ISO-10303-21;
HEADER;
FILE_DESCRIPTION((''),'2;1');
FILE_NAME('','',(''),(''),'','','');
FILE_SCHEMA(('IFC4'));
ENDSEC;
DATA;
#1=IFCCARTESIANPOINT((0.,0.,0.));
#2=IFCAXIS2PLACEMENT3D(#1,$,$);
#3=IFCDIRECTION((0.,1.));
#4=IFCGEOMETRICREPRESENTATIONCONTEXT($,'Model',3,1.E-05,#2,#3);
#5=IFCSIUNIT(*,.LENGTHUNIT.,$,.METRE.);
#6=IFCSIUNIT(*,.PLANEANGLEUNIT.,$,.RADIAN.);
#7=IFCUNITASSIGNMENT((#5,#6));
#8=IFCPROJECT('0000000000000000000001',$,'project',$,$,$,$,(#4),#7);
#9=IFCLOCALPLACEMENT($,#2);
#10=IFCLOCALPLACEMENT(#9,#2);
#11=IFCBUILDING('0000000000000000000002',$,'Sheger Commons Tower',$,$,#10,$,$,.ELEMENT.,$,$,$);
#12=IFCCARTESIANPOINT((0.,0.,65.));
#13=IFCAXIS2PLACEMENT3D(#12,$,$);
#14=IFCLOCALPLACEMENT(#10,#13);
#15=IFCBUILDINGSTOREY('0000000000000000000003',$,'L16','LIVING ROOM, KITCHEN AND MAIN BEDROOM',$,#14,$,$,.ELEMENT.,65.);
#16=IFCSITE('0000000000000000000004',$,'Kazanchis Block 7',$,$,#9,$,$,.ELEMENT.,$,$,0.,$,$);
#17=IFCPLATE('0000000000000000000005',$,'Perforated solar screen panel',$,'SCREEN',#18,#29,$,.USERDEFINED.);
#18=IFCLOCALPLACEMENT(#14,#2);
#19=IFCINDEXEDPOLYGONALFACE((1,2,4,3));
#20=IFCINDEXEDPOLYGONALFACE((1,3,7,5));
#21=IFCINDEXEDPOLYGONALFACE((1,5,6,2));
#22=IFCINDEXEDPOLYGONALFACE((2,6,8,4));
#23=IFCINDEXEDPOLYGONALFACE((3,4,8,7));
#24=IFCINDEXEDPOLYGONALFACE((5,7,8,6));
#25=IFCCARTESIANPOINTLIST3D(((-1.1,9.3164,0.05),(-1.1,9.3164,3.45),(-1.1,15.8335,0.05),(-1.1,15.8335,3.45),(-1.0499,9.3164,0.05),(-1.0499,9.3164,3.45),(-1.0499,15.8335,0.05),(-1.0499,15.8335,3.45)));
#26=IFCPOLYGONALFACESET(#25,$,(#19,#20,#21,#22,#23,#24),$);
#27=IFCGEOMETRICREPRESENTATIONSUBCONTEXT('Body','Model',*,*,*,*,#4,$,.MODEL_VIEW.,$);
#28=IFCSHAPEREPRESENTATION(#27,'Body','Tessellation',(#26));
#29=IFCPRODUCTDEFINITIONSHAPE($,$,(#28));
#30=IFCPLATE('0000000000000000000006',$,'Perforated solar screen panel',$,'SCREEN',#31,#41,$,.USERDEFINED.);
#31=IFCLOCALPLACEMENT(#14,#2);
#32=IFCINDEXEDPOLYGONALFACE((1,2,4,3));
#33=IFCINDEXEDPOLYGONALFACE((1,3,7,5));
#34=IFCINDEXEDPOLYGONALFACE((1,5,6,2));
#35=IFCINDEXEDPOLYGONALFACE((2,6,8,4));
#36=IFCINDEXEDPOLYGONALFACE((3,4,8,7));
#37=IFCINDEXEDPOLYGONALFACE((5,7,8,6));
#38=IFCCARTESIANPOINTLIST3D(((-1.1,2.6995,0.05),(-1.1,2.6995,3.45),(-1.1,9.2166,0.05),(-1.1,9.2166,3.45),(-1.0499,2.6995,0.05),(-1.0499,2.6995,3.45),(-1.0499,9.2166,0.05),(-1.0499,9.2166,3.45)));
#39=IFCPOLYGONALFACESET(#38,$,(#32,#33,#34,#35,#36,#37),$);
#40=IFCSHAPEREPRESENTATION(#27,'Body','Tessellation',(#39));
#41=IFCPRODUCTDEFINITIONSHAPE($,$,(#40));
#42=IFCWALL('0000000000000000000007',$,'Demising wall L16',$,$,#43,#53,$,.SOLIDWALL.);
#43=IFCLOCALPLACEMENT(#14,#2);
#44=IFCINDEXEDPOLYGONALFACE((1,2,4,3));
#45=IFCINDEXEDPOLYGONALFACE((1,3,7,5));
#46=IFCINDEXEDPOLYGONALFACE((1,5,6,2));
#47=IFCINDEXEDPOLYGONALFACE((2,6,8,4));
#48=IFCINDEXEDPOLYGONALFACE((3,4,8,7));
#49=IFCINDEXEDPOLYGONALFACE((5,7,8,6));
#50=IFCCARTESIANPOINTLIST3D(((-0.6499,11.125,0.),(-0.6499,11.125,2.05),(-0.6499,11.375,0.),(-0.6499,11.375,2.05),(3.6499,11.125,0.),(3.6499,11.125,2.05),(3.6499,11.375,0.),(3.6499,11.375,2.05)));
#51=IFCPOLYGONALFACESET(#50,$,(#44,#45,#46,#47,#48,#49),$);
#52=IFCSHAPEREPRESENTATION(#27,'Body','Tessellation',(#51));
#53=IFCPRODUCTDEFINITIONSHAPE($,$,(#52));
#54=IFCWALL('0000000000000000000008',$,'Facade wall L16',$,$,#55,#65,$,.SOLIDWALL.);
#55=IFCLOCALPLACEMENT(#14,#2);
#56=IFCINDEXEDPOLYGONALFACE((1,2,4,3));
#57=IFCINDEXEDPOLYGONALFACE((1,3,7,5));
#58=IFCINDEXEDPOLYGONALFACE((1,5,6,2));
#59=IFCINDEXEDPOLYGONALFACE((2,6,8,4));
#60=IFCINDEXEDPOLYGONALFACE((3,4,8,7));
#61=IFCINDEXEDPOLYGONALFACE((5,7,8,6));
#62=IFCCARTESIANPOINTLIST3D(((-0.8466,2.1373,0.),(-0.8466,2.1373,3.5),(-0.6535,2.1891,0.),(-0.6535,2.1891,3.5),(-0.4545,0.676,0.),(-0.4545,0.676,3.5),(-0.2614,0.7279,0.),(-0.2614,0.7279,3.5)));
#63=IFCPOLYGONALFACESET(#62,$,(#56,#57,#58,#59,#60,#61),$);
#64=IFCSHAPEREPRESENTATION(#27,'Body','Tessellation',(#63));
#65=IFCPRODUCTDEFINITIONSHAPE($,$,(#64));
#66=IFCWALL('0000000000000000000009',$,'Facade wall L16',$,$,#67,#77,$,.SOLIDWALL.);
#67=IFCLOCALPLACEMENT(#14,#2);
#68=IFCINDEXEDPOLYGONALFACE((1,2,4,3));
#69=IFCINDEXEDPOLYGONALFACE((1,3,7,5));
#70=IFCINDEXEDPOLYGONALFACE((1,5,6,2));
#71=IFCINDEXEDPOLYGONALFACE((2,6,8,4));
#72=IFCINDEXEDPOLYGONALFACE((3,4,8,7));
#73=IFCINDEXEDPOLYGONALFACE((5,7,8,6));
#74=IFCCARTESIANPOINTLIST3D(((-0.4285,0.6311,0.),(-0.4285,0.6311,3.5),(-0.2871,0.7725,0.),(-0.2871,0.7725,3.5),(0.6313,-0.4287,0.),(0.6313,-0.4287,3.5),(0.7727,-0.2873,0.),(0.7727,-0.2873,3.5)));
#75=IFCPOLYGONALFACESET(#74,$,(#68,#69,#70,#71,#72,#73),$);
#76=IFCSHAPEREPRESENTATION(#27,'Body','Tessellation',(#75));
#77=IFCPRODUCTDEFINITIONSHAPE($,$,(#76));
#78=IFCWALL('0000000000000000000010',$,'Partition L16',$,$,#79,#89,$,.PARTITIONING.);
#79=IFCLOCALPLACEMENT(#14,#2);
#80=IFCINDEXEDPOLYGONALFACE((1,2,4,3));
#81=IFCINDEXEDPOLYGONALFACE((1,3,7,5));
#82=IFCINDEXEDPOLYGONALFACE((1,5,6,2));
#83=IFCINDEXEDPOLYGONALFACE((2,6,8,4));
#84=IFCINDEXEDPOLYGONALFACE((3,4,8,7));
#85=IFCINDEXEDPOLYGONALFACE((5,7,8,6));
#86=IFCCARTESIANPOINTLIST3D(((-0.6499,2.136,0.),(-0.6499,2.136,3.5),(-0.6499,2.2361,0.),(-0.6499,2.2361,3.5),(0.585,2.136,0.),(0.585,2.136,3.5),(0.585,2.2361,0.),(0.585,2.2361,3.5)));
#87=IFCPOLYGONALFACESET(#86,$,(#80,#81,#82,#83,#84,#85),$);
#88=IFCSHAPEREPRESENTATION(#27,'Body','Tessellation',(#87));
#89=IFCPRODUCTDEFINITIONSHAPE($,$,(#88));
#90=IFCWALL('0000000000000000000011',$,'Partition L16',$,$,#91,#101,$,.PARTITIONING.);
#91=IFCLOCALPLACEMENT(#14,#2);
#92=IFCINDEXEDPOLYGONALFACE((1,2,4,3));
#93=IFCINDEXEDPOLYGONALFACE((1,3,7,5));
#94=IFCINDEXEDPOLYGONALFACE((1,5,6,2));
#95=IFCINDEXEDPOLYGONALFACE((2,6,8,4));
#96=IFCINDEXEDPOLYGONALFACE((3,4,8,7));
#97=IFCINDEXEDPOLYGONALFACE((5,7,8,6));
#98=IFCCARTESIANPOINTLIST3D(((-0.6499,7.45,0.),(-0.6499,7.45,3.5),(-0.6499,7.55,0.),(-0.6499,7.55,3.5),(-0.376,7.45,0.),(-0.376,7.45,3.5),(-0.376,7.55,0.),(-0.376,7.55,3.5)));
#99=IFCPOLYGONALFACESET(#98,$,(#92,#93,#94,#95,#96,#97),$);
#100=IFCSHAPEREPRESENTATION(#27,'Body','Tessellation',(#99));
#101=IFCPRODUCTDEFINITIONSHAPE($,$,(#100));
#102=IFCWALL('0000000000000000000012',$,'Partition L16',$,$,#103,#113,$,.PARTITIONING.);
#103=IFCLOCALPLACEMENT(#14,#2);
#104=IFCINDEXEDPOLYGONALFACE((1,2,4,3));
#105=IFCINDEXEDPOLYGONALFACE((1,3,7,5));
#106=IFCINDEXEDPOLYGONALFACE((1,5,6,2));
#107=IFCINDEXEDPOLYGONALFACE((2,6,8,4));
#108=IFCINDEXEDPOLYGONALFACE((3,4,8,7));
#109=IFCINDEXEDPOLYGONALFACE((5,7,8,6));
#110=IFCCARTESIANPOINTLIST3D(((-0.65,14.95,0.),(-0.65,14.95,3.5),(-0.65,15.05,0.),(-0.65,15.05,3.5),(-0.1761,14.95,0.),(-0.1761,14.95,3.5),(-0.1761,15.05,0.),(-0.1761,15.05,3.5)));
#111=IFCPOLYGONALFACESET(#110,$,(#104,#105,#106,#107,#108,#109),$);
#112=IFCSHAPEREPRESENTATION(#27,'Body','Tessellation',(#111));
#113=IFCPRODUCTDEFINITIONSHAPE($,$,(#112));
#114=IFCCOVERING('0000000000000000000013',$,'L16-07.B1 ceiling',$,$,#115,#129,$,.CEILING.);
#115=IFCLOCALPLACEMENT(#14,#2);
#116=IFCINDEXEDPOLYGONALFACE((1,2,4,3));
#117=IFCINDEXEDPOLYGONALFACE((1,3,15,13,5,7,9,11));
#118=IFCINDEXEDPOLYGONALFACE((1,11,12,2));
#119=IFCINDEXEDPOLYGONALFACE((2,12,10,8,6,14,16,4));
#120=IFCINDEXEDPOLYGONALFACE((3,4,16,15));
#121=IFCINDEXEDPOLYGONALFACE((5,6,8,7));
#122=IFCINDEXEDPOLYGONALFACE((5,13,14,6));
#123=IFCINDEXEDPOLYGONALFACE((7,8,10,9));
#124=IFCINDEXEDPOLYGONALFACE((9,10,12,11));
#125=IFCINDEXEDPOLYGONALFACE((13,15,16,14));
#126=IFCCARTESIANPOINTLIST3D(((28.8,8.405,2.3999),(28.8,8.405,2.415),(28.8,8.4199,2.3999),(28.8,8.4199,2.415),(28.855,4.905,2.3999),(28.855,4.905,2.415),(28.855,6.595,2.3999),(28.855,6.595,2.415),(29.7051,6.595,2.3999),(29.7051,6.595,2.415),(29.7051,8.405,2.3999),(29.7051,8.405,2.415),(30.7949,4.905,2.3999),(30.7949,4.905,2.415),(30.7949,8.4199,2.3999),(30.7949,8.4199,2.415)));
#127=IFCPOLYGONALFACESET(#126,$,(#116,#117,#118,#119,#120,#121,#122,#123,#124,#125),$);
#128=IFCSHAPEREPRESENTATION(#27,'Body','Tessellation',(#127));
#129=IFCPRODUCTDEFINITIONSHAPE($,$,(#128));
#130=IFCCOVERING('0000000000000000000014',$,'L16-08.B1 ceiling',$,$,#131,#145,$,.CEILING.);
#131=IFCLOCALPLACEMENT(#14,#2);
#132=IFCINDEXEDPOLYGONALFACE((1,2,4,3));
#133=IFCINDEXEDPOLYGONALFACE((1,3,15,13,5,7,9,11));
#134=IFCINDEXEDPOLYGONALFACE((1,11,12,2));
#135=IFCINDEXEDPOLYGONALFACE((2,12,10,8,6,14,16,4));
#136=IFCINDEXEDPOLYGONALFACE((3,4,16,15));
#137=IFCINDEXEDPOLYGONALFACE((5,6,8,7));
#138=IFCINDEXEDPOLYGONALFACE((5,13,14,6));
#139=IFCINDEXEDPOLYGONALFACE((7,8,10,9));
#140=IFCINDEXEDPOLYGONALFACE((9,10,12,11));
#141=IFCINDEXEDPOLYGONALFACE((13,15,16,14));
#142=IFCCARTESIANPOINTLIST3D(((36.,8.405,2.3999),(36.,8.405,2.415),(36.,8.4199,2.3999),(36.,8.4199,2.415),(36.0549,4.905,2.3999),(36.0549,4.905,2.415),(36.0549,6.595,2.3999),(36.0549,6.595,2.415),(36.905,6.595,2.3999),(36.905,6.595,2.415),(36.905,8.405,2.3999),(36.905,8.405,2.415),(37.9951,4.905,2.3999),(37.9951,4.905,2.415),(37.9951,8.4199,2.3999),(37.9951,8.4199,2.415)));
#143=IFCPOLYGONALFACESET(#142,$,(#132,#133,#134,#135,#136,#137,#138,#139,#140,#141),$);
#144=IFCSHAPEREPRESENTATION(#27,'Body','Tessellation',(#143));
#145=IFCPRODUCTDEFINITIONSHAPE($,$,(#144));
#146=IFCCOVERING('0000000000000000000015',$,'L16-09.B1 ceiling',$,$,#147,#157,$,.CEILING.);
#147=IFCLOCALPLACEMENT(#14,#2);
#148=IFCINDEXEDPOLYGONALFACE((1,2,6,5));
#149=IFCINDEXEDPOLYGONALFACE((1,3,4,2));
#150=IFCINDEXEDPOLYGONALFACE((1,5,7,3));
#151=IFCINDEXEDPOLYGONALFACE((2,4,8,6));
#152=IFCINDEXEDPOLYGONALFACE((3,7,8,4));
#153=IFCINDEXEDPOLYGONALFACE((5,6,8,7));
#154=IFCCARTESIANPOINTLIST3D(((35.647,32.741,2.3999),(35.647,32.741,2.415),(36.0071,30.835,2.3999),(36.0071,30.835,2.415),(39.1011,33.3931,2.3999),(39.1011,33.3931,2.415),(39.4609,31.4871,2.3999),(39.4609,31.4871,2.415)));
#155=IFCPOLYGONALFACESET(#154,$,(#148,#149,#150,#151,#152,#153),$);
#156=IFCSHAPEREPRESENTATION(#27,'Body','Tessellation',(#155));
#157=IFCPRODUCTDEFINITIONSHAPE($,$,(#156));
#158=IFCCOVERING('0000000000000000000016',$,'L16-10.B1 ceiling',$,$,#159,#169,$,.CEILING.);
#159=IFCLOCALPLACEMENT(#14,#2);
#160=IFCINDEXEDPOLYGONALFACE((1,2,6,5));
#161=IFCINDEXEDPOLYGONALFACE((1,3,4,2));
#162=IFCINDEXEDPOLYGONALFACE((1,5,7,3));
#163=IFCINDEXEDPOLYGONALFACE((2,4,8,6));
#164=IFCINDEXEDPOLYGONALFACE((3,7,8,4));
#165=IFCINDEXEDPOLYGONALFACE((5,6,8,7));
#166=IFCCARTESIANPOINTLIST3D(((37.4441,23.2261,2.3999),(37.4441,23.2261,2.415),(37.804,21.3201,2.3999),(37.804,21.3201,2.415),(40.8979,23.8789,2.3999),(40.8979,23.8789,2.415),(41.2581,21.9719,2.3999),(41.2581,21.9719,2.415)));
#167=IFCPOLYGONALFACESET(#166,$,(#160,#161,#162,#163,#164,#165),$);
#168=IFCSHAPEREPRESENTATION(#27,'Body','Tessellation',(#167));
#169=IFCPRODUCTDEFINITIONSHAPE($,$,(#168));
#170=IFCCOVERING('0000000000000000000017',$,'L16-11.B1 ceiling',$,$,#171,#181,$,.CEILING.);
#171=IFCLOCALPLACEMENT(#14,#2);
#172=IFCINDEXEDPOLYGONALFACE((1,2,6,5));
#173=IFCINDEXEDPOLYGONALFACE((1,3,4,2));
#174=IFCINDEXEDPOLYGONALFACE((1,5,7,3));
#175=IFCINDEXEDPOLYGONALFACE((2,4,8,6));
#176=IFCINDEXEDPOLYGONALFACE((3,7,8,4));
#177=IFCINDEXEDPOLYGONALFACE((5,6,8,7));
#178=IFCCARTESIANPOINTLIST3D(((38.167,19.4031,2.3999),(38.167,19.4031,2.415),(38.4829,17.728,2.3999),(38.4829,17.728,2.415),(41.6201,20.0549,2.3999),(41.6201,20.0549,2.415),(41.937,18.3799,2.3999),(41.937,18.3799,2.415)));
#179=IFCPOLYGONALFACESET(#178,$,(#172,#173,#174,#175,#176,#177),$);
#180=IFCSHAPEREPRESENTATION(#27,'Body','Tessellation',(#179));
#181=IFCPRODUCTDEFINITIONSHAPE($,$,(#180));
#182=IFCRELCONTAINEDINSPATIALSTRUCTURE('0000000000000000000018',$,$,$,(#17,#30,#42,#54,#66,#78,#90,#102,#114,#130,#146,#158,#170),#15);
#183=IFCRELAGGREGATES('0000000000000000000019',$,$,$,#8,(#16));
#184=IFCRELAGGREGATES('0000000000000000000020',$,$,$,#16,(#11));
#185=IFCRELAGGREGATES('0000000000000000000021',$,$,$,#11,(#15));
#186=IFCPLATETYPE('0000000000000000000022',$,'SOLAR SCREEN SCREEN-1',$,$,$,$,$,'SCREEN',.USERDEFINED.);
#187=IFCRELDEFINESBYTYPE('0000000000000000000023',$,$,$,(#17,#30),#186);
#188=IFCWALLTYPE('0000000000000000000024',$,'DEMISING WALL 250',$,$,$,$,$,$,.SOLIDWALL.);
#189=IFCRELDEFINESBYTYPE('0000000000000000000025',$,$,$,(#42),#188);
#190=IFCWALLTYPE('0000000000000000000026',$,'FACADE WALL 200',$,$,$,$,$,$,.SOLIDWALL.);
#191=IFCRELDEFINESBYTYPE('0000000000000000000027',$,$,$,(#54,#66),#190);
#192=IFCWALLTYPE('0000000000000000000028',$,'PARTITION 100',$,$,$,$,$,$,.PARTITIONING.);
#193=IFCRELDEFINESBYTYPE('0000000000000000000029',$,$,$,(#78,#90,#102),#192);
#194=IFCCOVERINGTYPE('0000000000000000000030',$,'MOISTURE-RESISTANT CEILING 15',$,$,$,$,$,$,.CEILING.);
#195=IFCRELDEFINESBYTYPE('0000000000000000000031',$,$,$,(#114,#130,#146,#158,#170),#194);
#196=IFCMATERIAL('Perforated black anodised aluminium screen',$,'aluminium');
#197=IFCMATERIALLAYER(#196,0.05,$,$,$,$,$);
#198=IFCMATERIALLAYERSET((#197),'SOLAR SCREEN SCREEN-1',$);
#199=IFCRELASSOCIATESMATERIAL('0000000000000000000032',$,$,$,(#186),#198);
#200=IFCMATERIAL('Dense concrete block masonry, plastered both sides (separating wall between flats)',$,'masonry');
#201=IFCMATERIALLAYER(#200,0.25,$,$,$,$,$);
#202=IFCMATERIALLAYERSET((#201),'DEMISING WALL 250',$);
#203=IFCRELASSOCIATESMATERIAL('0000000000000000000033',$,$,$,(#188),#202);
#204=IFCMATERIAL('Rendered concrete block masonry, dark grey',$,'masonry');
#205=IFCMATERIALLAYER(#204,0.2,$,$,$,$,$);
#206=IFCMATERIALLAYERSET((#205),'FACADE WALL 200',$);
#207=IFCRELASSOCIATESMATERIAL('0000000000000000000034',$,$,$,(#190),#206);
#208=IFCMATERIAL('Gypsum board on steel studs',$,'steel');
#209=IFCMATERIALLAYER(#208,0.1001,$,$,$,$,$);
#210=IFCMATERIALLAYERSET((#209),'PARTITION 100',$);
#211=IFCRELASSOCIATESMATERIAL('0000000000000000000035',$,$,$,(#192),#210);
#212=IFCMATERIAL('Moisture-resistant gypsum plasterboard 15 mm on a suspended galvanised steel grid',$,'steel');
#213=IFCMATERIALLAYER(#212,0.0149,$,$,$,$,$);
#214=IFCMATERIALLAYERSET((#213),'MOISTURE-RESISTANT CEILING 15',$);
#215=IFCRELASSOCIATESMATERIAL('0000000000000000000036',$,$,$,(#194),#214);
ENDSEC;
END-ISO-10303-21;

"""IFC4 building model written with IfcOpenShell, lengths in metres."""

from ifc_helpers import new_model, si_unit, direction, frame, frame_2d, origin, origin_2d, place, context, subcontext, project, spatial, polyline, rectangle, outline, extrude, material, layer, layer_set, type_object, element, save


model = new_model("IFC4")

# Units and contexts
model_context = context("Model", 3, precision=1e-05, world=origin(), true_north=direction((0.0, 1.0)))
body_context = subcontext(model_context, "Body", "Model", "MODEL_VIEW")
ifc_project = project(units=[si_unit("LENGTHUNIT", "METRE"), si_unit("PLANEANGLEUNIT", "RADIAN")], contexts=[model_context])

# Site, building, storey
site_placement = place(None, origin())
site = spatial("IfcSite", under=ifc_project, at=site_placement, Name="Kazanchis Block 7", CompositionType="ELEMENT", RefElevation=0.0)
building_placement = place(site_placement, origin())
building = spatial("IfcBuilding", under=site, at=building_placement, Name="Sheger Commons Tower", CompositionType="ELEMENT")
storey_placement = place(building_placement, frame((0.0, 0.0, 65.0)))
storey = spatial("IfcBuildingStorey", under=building, at=storey_placement, Name="L16", Description="LIVING ROOM, KITCHEN AND MAIN BEDROOM", CompositionType="ELEMENT", Elevation=65.0)

# Plates
ifc_material_1 = material(Name="Perforated black anodised aluminium screen", Category="aluminium")
ifc_layer_1 = layer(ifc_material_1, 0.05)
ifc_layer_set_1 = layer_set([ifc_layer_1], Name="SOLAR SCREEN SCREEN-1")
plate_type = type_object("IfcPlateType", Name="SOLAR SCREEN SCREEN-1", ElementType="SCREEN", PredefinedType="USERDEFINED", material=ifc_layer_set_1)
for number, where, z_axis, x_axis, name in (
    (1, (-1.075, 12.575, 0.05), (0.0, 0.0, 1.0), (0.0, -1.0, 0.0), "Perforated solar screen panel"),
    (2, (-1.075, 5.958, 0.05), (0.0, 0.0, 1.0), (0.0, -1.0, 0.0), "Perforated solar screen panel"),
):
    element("IfcPlate", number, at=place(storey_placement, frame(where, z_axis=z_axis, x_axis=x_axis)), inside=storey, type_object=plate_type, Name=name, ObjectType="SCREEN", PredefinedType="USERDEFINED", context=body_context, shape_type="SweptSolid", body=[
        extrude(rectangle(XDim=6.5171, YDim=0.05, at=origin_2d()), origin(), (0.0, 0.0, 1.0), 3.3999),
    ])

# Walls
ifc_material_2 = material(Name="Dense concrete block masonry, plastered both sides (separating wall between flats)", Category="masonry")
ifc_layer_2 = layer(ifc_material_2, 0.25)
ifc_layer_set_2 = layer_set([ifc_layer_2], Name="DEMISING WALL 250")
wall_type_1 = type_object("IfcWallType", Name="DEMISING WALL 250", PredefinedType="SOLIDWALL", material=ifc_layer_set_2)
wall_1_placement = place(storey_placement, frame((-0.6499, 11.25, 0.0), z_axis=(0.0, 0.0, 1.0), x_axis=(1.0, 0.0, 0.0)))
element("IfcWall", 3, at=wall_1_placement, inside=storey, type_object=wall_type_1, Name="Demising wall L16", PredefinedType="SOLIDWALL", context=body_context, shape_type="SweptSolid", body=[
    extrude(rectangle(XDim=4.2998, YDim=0.25, at=frame_2d((2.1499, 0.0))), origin(), (0.0, 0.0, 1.0), 2.05),
])
ifc_material_3 = material(Name="Rendered concrete block masonry, dark grey", Category="masonry")
ifc_layer_3 = layer(ifc_material_3, 0.2)
ifc_layer_set_3 = layer_set([ifc_layer_3], Name="FACADE WALL 200")
wall_type_2 = type_object("IfcWallType", Name="FACADE WALL 200", PredefinedType="SOLIDWALL", material=ifc_layer_set_3)
wall_2_placement = place(storey_placement, frame((-0.75, 2.1631, 0.0), z_axis=(0.0, 0.0, 1.0), x_axis=(0.259169, -0.965832, 0.0)))
element("IfcWall", 4, at=wall_2_placement, inside=storey, type_object=wall_type_2, Name="Facade wall L16", PredefinedType="SOLIDWALL", context=body_context, shape_type="SweptSolid", body=[
    extrude(rectangle(XDim=1.5129, YDim=0.2, at=frame_2d((0.7563, 0.0))), origin(), (0.0, 0.0, 1.0), 3.5),
])
wall_3_placement = place(storey_placement, frame((-0.3579, 0.7019, 0.0), z_axis=(0.0, 0.0, 1.0), x_axis=(0.707107, -0.707107, 0.0)))
element("IfcWall", 5, at=wall_3_placement, inside=storey, type_object=wall_type_2, Name="Facade wall L16", PredefinedType="SOLIDWALL", context=body_context, shape_type="SweptSolid", body=[
    extrude(rectangle(XDim=1.4988, YDim=0.2, at=frame_2d((0.7495, 0.0))), origin(), (0.0, 0.0, 1.0), 3.5),
])
ifc_material_4 = material(Name="Gypsum board on steel studs", Category="steel")
ifc_layer_4 = layer(ifc_material_4, 0.1001)
ifc_layer_set_4 = layer_set([ifc_layer_4], Name="PARTITION 100")
wall_type_3 = type_object("IfcWallType", Name="PARTITION 100", PredefinedType="PARTITIONING", material=ifc_layer_set_4)
wall_4_placement = place(storey_placement, frame((-0.6499, 2.186, 0.0), z_axis=(0.0, 0.0, 1.0), x_axis=(1.0, 0.0, 0.0)))
element("IfcWall", 6, at=wall_4_placement, inside=storey, type_object=wall_type_3, Name="Partition L16", PredefinedType="PARTITIONING", context=body_context, shape_type="SweptSolid", body=[
    extrude(rectangle(XDim=1.2349, YDim=0.1001, at=frame_2d((0.6174, 0.0))), origin(), (0.0, 0.0, 1.0), 3.5),
])
wall_5_placement = place(storey_placement, frame((-0.6499, 7.5, 0.0), z_axis=(0.0, 0.0, 1.0), x_axis=(1.0, 0.0, 0.0)))
element("IfcWall", 7, at=wall_5_placement, inside=storey, type_object=wall_type_3, Name="Partition L16", PredefinedType="PARTITIONING", context=body_context, shape_type="SweptSolid", body=[
    extrude(rectangle(XDim=0.2739, YDim=0.1001, at=frame_2d((0.137, 0.0))), origin(), (0.0, 0.0, 1.0), 3.5),
])
wall_6_placement = place(storey_placement, frame((-0.6499, 15.0, 0.0), z_axis=(0.0, 0.0, 1.0), x_axis=(1.0, 0.0, 0.0)))
element("IfcWall", 8, at=wall_6_placement, inside=storey, type_object=wall_type_3, Name="Partition L16", PredefinedType="PARTITIONING", context=body_context, shape_type="SweptSolid", body=[
    extrude(rectangle(XDim=0.4739, YDim=0.1001, at=frame_2d((0.2368, 0.0))), origin(), (0.0, 0.0, 1.0), 3.5),
])

# Coverings
ifc_material_5 = material(Name="Moisture-resistant gypsum plasterboard 15 mm on a suspended galvanised steel grid", Category="steel")
ifc_layer_5 = layer(ifc_material_5, 0.0149)
ifc_layer_set_5 = layer_set([ifc_layer_5], Name="MOISTURE-RESISTANT CEILING 15")
covering_type_1 = type_object("IfcCoveringType", Name="MOISTURE-RESISTANT CEILING 15", PredefinedType="CEILING", material=ifc_layer_set_5)
covering_1_placement = place(storey_placement, frame((0.0, 0.0, 2.3999)))
element("IfcCovering", 9, at=covering_1_placement, inside=storey, type_object=covering_type_1, Name="L16-07.B1 ceiling", PredefinedType="CEILING", context=body_context, shape_type="SweptSolid", body=[
    extrude(outline(polyline([(28.855, 4.905), (30.7949, 4.905), (30.7949, 8.4199), (28.8, 8.4199), (28.8, 8.405), (29.7051, 8.405), (29.7051, 6.595), (28.855, 6.595), (28.855, 4.905)])), origin(), (0.0, 0.0, 1.0), 0.0151),
])
covering_2_placement = place(storey_placement, frame((0.0, 0.0, 2.3999)))
element("IfcCovering", 10, at=covering_2_placement, inside=storey, type_object=covering_type_1, Name="L16-08.B1 ceiling", PredefinedType="CEILING", context=body_context, shape_type="SweptSolid", body=[
    extrude(outline(polyline([(36.0549, 4.905), (37.9951, 4.905), (37.9951, 8.4199), (36.0, 8.4199), (36.0, 8.405), (36.905, 8.405), (36.905, 6.595), (36.0549, 6.595), (36.0549, 4.905)])), origin(), (0.0, 0.0, 1.0), 0.0151),
])
covering_3_placement = place(storey_placement, frame((0.0, 0.0, 2.3999)))
element("IfcCovering", 11, at=covering_3_placement, inside=storey, type_object=covering_type_1, Name="L16-09.B1 ceiling", PredefinedType="CEILING", context=body_context, shape_type="SweptSolid", body=[
    extrude(outline(polyline([(36.0071, 30.835), (39.4609, 31.4871), (39.1011, 33.3931), (35.647, 32.741), (36.0071, 30.835)])), origin(), (0.0, 0.0, 1.0), 0.0151),
])
covering_4_placement = place(storey_placement, frame((0.0, 0.0, 2.3999)))
element("IfcCovering", 12, at=covering_4_placement, inside=storey, type_object=covering_type_1, Name="L16-10.B1 ceiling", PredefinedType="CEILING", context=body_context, shape_type="SweptSolid", body=[
    extrude(outline(polyline([(37.804, 21.3201), (41.2581, 21.9719), (40.8979, 23.8789), (37.4441, 23.2261), (37.804, 21.3201)])), origin(), (0.0, 0.0, 1.0), 0.0151),
])
covering_5_placement = place(storey_placement, frame((0.0, 0.0, 2.3999)))
element("IfcCovering", 13, at=covering_5_placement, inside=storey, type_object=covering_type_1, Name="L16-11.B1 ceiling", PredefinedType="CEILING", context=body_context, shape_type="SweptSolid", body=[
    extrude(outline(polyline([(38.4829, 17.728), (41.937, 18.3799), (41.6201, 20.0549), (38.167, 19.4031), (38.4829, 17.728)])), origin(), (0.0, 0.0, 1.0), 0.0151),
])

save(model, "model.ifc")
